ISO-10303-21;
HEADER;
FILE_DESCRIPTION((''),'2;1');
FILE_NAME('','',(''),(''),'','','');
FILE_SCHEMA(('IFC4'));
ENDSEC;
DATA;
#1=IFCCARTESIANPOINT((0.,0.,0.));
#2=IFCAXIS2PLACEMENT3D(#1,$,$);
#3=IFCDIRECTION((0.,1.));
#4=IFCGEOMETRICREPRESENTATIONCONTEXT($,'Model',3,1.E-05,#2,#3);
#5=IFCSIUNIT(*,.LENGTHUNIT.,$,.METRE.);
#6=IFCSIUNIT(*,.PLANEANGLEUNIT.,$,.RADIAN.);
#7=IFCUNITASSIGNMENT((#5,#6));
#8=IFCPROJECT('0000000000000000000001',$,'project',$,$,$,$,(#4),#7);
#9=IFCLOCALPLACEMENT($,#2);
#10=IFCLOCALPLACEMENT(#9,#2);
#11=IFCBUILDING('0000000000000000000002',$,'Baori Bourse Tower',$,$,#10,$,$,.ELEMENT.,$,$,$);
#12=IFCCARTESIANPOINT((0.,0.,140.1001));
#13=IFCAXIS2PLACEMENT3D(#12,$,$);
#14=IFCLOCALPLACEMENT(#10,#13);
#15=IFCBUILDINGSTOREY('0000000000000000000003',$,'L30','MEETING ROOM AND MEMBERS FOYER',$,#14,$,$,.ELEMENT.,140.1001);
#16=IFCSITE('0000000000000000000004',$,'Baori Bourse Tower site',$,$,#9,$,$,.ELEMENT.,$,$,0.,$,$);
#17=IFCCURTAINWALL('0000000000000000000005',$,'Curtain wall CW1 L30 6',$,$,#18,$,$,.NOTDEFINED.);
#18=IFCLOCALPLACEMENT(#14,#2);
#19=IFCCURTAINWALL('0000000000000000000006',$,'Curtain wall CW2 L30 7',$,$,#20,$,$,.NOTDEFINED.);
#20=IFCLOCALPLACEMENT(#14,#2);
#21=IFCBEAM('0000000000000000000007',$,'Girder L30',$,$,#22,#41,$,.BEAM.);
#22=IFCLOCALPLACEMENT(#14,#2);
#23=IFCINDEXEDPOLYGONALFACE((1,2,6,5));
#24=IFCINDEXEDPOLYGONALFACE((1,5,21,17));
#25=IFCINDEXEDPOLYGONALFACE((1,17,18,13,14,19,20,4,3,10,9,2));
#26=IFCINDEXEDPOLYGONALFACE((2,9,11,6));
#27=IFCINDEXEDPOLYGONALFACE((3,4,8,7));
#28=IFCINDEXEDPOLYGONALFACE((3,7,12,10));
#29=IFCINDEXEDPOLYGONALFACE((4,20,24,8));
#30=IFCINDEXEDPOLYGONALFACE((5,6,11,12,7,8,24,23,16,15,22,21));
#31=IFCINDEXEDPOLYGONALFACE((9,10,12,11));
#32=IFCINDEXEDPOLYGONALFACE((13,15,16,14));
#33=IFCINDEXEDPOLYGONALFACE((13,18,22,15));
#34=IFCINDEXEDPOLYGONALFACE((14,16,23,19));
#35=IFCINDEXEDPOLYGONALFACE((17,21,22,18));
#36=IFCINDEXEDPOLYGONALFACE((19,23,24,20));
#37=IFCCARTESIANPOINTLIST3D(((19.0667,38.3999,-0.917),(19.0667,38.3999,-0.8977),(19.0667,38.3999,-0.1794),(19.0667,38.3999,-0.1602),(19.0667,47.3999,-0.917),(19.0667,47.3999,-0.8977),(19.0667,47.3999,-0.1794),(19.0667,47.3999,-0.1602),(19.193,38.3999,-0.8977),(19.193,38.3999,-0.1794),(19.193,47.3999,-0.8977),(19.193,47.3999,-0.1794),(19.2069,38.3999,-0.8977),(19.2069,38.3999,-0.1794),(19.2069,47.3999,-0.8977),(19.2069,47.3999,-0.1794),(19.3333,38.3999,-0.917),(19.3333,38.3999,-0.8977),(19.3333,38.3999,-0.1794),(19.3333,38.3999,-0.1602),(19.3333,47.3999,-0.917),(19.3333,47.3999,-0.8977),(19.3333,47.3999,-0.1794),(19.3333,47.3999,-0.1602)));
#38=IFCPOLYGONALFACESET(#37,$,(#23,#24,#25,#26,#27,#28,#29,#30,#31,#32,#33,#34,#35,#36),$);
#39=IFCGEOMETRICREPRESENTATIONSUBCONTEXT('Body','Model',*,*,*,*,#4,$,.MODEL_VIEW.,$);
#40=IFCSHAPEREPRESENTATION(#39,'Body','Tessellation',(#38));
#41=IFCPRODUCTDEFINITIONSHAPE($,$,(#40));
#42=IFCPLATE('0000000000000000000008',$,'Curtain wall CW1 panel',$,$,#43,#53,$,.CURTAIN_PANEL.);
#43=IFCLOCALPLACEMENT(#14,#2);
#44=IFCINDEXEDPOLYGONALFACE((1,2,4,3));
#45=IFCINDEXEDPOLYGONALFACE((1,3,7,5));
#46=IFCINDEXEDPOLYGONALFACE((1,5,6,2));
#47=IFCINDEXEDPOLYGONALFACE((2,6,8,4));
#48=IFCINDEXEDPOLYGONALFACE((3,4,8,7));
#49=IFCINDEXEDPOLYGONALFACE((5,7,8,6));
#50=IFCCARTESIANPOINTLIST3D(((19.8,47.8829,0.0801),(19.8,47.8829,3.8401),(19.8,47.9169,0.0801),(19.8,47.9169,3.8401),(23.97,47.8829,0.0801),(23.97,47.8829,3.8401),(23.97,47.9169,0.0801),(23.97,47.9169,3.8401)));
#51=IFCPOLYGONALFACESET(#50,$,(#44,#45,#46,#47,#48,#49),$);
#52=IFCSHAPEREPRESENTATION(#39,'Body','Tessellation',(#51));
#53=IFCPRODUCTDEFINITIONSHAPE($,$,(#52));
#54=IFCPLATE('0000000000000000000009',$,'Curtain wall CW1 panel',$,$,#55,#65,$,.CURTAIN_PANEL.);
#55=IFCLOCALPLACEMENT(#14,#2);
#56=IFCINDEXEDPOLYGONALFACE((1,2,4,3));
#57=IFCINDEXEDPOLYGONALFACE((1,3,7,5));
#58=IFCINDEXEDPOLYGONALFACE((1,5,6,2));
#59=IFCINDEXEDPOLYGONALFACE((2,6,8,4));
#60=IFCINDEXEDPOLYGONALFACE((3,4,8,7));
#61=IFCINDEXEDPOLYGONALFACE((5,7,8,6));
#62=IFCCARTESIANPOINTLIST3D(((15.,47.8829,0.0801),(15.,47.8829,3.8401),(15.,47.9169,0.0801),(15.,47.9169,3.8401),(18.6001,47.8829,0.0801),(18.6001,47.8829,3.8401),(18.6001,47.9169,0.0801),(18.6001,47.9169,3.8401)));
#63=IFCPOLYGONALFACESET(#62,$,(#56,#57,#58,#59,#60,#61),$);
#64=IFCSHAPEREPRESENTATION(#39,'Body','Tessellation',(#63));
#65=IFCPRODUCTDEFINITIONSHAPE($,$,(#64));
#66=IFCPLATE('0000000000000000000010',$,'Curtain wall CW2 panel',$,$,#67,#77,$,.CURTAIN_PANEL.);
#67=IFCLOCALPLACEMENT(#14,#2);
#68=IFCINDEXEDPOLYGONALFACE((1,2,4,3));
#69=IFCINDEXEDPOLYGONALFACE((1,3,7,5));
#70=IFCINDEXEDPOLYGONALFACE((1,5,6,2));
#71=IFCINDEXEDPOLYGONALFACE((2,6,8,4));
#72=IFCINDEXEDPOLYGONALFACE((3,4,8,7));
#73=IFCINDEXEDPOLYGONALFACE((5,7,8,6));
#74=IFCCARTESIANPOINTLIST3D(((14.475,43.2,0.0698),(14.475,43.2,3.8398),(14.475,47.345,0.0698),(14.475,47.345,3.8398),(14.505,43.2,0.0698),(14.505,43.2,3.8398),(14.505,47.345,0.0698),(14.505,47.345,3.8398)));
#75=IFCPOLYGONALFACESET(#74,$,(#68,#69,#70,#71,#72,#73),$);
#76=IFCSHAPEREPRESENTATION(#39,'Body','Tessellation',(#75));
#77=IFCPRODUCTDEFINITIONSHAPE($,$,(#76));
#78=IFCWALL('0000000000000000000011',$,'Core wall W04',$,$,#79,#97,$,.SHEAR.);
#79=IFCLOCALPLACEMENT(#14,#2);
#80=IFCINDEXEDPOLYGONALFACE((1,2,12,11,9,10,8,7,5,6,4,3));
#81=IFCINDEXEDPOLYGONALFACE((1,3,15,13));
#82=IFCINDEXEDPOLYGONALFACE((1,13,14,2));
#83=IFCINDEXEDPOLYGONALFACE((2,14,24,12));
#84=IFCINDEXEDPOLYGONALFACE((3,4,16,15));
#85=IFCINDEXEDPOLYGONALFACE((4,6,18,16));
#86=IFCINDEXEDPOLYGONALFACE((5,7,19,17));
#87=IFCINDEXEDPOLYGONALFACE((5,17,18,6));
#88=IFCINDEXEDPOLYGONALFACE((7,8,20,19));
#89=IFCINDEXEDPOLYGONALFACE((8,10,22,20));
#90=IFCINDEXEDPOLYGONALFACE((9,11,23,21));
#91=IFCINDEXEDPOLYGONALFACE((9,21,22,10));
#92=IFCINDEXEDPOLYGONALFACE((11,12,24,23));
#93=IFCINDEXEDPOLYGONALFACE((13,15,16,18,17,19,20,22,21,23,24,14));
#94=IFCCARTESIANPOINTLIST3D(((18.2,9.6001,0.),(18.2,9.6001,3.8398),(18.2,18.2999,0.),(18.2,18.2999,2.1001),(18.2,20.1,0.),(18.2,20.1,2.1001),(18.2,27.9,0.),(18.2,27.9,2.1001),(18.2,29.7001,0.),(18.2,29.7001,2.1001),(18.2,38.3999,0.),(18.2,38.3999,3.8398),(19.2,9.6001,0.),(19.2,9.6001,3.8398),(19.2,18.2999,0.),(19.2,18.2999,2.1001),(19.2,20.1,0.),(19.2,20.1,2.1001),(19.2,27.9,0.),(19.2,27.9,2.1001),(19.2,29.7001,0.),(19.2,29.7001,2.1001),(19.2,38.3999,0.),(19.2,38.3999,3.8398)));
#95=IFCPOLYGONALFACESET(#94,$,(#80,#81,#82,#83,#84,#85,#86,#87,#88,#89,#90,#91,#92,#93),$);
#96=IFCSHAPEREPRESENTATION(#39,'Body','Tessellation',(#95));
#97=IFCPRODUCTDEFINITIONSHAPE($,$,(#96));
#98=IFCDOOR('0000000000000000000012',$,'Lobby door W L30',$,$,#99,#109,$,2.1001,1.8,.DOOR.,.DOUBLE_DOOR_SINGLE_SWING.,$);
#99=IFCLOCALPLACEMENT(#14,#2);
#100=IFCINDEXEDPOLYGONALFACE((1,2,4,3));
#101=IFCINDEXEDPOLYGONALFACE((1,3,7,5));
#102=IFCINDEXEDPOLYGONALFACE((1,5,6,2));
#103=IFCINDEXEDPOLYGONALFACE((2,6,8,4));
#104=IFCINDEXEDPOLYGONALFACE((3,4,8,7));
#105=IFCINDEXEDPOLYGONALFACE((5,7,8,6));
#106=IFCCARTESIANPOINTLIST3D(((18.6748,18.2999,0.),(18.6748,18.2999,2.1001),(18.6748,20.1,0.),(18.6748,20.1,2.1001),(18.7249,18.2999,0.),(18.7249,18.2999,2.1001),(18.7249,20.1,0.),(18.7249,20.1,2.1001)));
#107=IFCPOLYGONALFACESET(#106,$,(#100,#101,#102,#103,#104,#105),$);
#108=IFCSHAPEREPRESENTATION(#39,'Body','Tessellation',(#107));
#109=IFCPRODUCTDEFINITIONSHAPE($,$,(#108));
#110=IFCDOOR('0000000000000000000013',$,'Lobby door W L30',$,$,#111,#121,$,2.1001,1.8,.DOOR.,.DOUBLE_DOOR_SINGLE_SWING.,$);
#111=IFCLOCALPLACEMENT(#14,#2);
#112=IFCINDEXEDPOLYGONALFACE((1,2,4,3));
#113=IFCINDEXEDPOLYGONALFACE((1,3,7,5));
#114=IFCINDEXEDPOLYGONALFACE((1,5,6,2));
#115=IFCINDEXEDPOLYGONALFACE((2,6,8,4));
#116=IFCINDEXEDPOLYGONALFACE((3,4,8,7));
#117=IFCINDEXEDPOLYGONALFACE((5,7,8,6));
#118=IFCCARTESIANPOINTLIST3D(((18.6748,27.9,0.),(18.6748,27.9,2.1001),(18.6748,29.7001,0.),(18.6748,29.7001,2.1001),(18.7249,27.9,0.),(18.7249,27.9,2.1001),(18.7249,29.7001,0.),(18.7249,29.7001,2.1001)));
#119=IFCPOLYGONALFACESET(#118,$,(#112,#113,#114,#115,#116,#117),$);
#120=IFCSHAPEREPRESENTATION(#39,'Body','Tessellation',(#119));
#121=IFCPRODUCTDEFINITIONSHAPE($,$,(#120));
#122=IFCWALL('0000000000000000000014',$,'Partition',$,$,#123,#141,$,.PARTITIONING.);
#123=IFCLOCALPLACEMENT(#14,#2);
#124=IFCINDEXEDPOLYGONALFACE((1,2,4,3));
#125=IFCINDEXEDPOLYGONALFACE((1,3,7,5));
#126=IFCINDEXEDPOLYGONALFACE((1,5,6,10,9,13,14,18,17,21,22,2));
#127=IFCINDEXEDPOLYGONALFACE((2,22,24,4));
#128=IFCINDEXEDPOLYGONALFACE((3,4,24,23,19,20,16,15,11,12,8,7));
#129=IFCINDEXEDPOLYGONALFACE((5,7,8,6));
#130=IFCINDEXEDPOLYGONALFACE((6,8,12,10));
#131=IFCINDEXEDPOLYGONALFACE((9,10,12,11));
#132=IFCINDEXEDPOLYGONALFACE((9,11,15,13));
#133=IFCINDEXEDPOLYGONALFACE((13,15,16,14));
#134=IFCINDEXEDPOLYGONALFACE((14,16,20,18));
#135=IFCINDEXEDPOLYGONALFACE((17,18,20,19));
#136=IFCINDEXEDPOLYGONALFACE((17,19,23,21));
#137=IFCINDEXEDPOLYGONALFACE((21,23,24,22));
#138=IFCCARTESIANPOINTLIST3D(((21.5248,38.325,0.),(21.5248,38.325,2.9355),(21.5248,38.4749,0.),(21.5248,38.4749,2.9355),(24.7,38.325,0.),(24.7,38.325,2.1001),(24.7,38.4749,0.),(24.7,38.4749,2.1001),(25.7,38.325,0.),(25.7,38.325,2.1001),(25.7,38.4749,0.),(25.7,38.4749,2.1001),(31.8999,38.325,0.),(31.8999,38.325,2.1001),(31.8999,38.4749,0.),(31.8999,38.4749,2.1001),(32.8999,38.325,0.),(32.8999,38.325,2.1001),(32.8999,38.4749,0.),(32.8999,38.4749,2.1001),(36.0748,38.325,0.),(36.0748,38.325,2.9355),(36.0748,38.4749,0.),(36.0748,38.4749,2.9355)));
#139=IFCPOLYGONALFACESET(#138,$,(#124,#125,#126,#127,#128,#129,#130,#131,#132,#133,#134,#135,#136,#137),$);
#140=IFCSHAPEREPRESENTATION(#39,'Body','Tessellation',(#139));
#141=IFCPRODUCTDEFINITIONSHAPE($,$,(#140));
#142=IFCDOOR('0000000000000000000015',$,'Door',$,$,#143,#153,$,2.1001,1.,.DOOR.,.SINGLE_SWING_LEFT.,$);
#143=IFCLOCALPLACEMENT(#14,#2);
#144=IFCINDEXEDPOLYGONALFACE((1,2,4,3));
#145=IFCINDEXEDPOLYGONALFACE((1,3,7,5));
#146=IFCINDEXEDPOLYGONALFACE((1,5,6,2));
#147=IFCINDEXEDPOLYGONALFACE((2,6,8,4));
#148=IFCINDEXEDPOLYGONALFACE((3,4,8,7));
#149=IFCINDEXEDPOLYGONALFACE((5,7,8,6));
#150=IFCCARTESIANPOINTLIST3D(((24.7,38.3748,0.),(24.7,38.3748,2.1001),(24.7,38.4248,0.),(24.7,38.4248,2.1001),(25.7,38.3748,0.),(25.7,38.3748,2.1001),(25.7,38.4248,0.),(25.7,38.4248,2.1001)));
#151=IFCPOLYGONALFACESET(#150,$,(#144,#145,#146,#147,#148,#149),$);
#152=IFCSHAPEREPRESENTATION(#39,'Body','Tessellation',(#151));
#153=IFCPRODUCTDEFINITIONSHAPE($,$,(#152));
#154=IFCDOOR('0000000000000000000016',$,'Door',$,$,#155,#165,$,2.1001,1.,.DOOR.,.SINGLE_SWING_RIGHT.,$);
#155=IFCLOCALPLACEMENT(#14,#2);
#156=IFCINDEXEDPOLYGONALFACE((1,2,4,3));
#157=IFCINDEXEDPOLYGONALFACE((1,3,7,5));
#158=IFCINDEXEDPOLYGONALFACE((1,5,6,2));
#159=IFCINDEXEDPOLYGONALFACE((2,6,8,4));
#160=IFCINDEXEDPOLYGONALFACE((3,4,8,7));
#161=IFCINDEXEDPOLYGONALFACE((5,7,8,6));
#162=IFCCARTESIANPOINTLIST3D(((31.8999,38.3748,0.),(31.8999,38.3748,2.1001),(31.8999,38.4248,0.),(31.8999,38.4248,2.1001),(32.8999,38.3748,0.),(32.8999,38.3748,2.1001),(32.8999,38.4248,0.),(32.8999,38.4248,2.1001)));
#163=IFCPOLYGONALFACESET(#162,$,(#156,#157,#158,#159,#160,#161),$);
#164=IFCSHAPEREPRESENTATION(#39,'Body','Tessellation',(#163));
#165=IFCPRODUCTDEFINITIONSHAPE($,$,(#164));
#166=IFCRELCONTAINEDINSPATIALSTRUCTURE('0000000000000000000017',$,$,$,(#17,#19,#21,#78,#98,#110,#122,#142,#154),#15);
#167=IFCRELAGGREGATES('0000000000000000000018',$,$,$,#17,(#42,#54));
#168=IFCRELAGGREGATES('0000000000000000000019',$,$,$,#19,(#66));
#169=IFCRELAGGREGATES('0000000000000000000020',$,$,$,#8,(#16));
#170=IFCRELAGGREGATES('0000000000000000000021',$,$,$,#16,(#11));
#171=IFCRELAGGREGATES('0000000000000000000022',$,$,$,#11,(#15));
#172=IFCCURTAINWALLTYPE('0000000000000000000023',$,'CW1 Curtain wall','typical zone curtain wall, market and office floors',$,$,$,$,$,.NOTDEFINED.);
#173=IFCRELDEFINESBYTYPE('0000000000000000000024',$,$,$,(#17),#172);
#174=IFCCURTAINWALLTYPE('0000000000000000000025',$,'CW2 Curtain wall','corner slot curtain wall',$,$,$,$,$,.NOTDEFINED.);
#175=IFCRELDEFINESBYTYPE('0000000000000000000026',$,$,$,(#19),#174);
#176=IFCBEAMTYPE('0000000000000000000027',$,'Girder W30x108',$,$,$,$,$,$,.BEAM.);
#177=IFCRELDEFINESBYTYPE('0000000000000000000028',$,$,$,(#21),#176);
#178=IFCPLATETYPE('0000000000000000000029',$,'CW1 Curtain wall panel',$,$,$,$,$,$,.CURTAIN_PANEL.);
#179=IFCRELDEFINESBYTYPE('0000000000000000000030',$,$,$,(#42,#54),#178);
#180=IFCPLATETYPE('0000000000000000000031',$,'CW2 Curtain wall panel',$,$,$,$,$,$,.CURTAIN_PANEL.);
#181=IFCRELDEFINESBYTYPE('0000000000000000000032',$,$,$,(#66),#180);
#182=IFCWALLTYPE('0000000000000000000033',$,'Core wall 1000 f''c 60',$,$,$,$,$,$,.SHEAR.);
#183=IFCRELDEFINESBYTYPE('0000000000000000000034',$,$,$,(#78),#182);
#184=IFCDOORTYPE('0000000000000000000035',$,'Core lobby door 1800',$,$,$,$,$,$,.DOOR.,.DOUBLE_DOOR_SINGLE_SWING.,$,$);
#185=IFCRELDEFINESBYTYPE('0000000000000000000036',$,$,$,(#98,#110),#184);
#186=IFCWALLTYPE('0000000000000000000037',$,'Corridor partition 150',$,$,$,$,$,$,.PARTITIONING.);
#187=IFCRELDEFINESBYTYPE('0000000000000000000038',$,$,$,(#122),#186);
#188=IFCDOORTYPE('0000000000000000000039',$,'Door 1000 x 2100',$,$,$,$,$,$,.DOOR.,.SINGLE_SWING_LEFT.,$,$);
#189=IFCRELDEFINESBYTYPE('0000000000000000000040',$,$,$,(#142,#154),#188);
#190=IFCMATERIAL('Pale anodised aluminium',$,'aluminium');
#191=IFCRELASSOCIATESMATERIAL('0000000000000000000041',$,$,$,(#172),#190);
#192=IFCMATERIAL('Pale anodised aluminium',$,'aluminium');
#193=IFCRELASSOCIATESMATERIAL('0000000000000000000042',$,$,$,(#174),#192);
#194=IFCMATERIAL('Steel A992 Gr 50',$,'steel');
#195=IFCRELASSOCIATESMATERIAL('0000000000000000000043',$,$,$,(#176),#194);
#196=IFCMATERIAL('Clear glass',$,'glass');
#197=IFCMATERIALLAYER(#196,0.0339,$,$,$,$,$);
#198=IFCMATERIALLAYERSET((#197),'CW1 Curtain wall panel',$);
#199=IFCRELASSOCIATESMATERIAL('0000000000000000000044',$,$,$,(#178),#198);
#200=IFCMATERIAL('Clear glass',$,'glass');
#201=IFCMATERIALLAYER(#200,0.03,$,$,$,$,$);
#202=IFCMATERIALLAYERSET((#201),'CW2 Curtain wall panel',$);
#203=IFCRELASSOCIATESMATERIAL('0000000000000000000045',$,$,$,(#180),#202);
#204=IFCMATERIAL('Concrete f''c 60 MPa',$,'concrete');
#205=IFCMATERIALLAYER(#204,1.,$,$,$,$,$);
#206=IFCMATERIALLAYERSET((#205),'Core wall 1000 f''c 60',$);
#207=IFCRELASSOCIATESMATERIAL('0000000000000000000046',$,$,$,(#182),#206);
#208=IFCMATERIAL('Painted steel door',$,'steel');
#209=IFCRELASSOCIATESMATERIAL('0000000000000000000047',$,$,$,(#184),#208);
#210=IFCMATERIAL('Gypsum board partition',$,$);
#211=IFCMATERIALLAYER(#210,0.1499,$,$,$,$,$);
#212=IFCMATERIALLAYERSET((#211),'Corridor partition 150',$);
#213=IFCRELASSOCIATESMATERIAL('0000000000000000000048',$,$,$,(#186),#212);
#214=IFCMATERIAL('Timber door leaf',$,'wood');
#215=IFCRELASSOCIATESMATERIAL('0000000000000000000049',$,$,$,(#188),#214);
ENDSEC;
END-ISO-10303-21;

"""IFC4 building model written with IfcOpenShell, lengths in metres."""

from ifc_helpers import new_model, si_unit, direction, frame, frame_2d, origin, origin_2d, place, context, subcontext, project, spatial, rectangle, i_section, extrude, material, layer, layer_set, material_profile, profile_set, type_object, element, fill, aggregate, save


model = new_model("IFC4")

# Units and contexts
model_context = context("Model", 3, precision=1e-05, world=origin(), true_north=direction((0.0, 1.0)))
body_context = subcontext(model_context, "Body", "Model", "MODEL_VIEW")
ifc_project = project(units=[si_unit("LENGTHUNIT", "METRE"), si_unit("PLANEANGLEUNIT", "RADIAN")], contexts=[model_context])

# Site, building, storey
site_placement = place(None, origin())
site = spatial("IfcSite", under=ifc_project, at=site_placement, Name="Baori Bourse Tower site", CompositionType="ELEMENT", RefElevation=0.0)
building_placement = place(site_placement, origin())
building = spatial("IfcBuilding", under=site, at=building_placement, Name="Baori Bourse Tower", CompositionType="ELEMENT")
storey_placement = place(building_placement, frame((0.0, 0.0, 140.1001)))
storey = spatial("IfcBuildingStorey", under=building, at=storey_placement, Name="L30", Description="MEETING ROOM AND MEMBERS FOYER", CompositionType="ELEMENT", Elevation=140.1001)

# Curtain wall
ifc_material_1 = material(Name="Pale anodised aluminium", Category="aluminium")
curtain_wall_type_1 = type_object("IfcCurtainWallType", Name="CW1 Curtain wall", Description="typical zone curtain wall, market and office floors", PredefinedType="NOTDEFINED", material=ifc_material_1)
curtain_wall_1_placement = place(storey_placement, origin())
curtain_wall_1 = element("IfcCurtainWall", 1, at=curtain_wall_1_placement, inside=storey, type_object=curtain_wall_type_1, Name="Curtain wall CW1 L30 6", PredefinedType="NOTDEFINED")

# Curtain wall
ifc_material_2 = material(Name="Pale anodised aluminium", Category="aluminium")
curtain_wall_type_2 = type_object("IfcCurtainWallType", Name="CW2 Curtain wall", Description="corner slot curtain wall", PredefinedType="NOTDEFINED", material=ifc_material_2)
curtain_wall_2_placement = place(storey_placement, origin())
curtain_wall_2 = element("IfcCurtainWall", 2, at=curtain_wall_2_placement, inside=storey, type_object=curtain_wall_type_2, Name="Curtain wall CW2 L30 7", PredefinedType="NOTDEFINED")

# Beam
ifc_material_3 = material(Name="Steel A992 Gr 50", Category="steel")
ifc_material_profile_1 = material_profile(ifc_material_3, i_section(OverallWidth=0.2666, OverallDepth=0.7568, WebThickness=0.0139, FlangeThickness=0.0193, at=origin_2d()), Name="W30x108")
ifc_profile_set_1 = profile_set([ifc_material_profile_1], Name="Steel A992 Gr 50")
beam_type_1 = type_object("IfcBeamType", Name="Girder W30x108", PredefinedType="BEAM", material=ifc_profile_set_1)
beam_1_placement = place(storey_placement, frame((19.2, 38.3999, -0.5386), z_axis=(0.0, 1.0, 0.0), x_axis=(-1.0, 0.0, 0.0)))
element("IfcBeam", 3, at=beam_1_placement, inside=storey, type_object=beam_type_1, Name="Girder L30", PredefinedType="BEAM", context=body_context, shape_type="SweptSolid", body=[
    extrude(i_section(OverallWidth=0.2666, OverallDepth=0.7568, WebThickness=0.0139, FlangeThickness=0.0193, at=origin_2d()), origin(), (0.0, 0.0, 1.0), 9.0),
])

# Plates
ifc_material_4 = material(Name="Clear glass", Category="glass")
ifc_layer_1 = layer(ifc_material_4, 0.0339)
ifc_layer_set_1 = layer_set([ifc_layer_1], Name="CW1 Curtain wall panel")
plate_type_1 = type_object("IfcPlateType", Name="CW1 Curtain wall panel", PredefinedType="CURTAIN_PANEL", material=ifc_layer_set_1)
plate_1_placement = place(storey_placement, frame((21.885, 47.8999, 0.0801), z_axis=(0.0, 0.0, 1.0), x_axis=(-1.0, 0.0, 0.0)))
plate_1 = element("IfcPlate", 4, at=plate_1_placement, type_object=plate_type_1, Name="Curtain wall CW1 panel", PredefinedType="CURTAIN_PANEL", context=body_context, shape_type="SweptSolid", body=[
    extrude(rectangle(XDim=4.1699, YDim=0.0339, at=origin_2d()), origin(), (0.0, 0.0, 1.0), 3.76),
])
plate_2_placement = place(storey_placement, frame((16.8, 47.8999, 0.0801), z_axis=(0.0, 0.0, 1.0), x_axis=(-1.0, 0.0, 0.0)))
plate_2 = element("IfcPlate", 5, at=plate_2_placement, type_object=plate_type_1, Name="Curtain wall CW1 panel", PredefinedType="CURTAIN_PANEL", context=body_context, shape_type="SweptSolid", body=[
    extrude(rectangle(XDim=3.6001, YDim=0.0339, at=origin_2d()), origin(), (0.0, 0.0, 1.0), 3.76),
])
aggregate(curtain_wall_1, [plate_1, plate_2])
ifc_material_5 = material(Name="Clear glass", Category="glass")
ifc_layer_2 = layer(ifc_material_5, 0.03)
ifc_layer_set_2 = layer_set([ifc_layer_2], Name="CW2 Curtain wall panel")
plate_type_2 = type_object("IfcPlateType", Name="CW2 Curtain wall panel", PredefinedType="CURTAIN_PANEL", material=ifc_layer_set_2)
plate_3_placement = place(storey_placement, frame((14.49, 45.2725, 0.0698), z_axis=(0.0, 0.0, 1.0), x_axis=(0.0, -1.0, 0.0)))
plate_3 = element("IfcPlate", 6, at=plate_3_placement, type_object=plate_type_2, Name="Curtain wall CW2 panel", PredefinedType="CURTAIN_PANEL", context=body_context, shape_type="SweptSolid", body=[
    extrude(rectangle(XDim=4.145, YDim=0.03, at=origin_2d()), origin(), (0.0, 0.0, 1.0), 3.77),
])
aggregate(curtain_wall_2, [plate_3])

# Walls, openings, doors
ifc_material_6 = material(Name="Concrete f'c 60 MPa", Category="concrete")
ifc_layer_3 = layer(ifc_material_6, 1.0)
ifc_layer_set_3 = layer_set([ifc_layer_3], Name="Core wall 1000 f'c 60")
wall_type_1 = type_object("IfcWallType", Name="Core wall 1000 f'c 60", PredefinedType="SHEAR", material=ifc_layer_set_3)
wall_1_placement = place(storey_placement, frame((18.7, 38.3999, 0.0), z_axis=(0.0, 0.0, 1.0), x_axis=(0.0, -1.0, 0.0)))
wall_1 = element("IfcWall", 7, at=wall_1_placement, inside=storey, type_object=wall_type_1, Name="Core wall W04", PredefinedType="SHEAR", context=body_context, shape_type="SweptSolid", body=[
    extrude(rectangle(XDim=28.7998, YDim=1.0, at=frame_2d((14.3999, 0.0))), origin(), (0.0, 0.0, 1.0), 3.8398),
])
opening_1_placement = place(wall_1_placement, frame((18.3, 0.0, 0.0)))
opening_1 = element("IfcOpeningElement", 8, at=opening_1_placement, cuts=wall_1, PredefinedType="OPENING", context=body_context, shape_type="SweptSolid", body=[
    extrude(rectangle(XDim=1.8, YDim=2.1001, at=frame_2d((0.8999, 1.05))), frame((0.0, 0.51, 0.0), z_axis=(0.0, -1.0, 0.0), x_axis=(1.0, 0.0, 0.0)), (0.0, 0.0, 1.0), 1.02),
])
opening_2_placement = place(wall_1_placement, frame((8.7, 0.0, 0.0)))
opening_2 = element("IfcOpeningElement", 9, at=opening_2_placement, cuts=wall_1, PredefinedType="OPENING", context=body_context, shape_type="SweptSolid", body=[
    extrude(rectangle(XDim=1.8, YDim=2.1001, at=frame_2d((0.8999, 1.05))), frame((0.0, 0.51, 0.0), z_axis=(0.0, -1.0, 0.0), x_axis=(1.0, 0.0, 0.0)), (0.0, 0.0, 1.0), 1.02),
])
ifc_material_7 = material(Name="Painted steel door", Category="steel")
door_type_1 = type_object("IfcDoorType", Name="Core lobby door 1800", OperationType="DOUBLE_DOOR_SINGLE_SWING", PredefinedType="DOOR", material=ifc_material_7)
door_1_placement = place(opening_1_placement, origin())
door_1 = element("IfcDoor", 10, at=door_1_placement, inside=storey, type_object=door_type_1, Name="Lobby door W L30", OperationType="DOUBLE_DOOR_SINGLE_SWING", OverallHeight=2.1001, OverallWidth=1.8, PredefinedType="DOOR", context=body_context, shape_type="SweptSolid", body=[
    extrude(rectangle(XDim=1.8, YDim=2.1001, at=frame_2d((0.8999, 1.05))), frame((0.0, 0.0249, 0.0), z_axis=(0.0, -1.0, 0.0), x_axis=(1.0, 0.0, 0.0)), (0.0, 0.0, 1.0), 0.05),
])
fill(opening_1, door_1)
door_2_placement = place(opening_2_placement, origin())
door_2 = element("IfcDoor", 11, at=door_2_placement, inside=storey, type_object=door_type_1, Name="Lobby door W L30", OperationType="DOUBLE_DOOR_SINGLE_SWING", OverallHeight=2.1001, OverallWidth=1.8, PredefinedType="DOOR", context=body_context, shape_type="SweptSolid", body=[
    extrude(rectangle(XDim=1.8, YDim=2.1001, at=frame_2d((0.8999, 1.05))), frame((0.0, 0.0249, 0.0), z_axis=(0.0, -1.0, 0.0), x_axis=(1.0, 0.0, 0.0)), (0.0, 0.0, 1.0), 0.05),
])
fill(opening_2, door_2)
ifc_material_8 = material(Name="Gypsum board partition")
ifc_layer_4 = layer(ifc_material_8, 0.1499)
ifc_layer_set_4 = layer_set([ifc_layer_4], Name="Corridor partition 150")
wall_type_2 = type_object("IfcWallType", Name="Corridor partition 150", PredefinedType="PARTITIONING", material=ifc_layer_set_4)
wall_2_placement = place(storey_placement, frame((21.5249, 38.3999, 0.0), z_axis=(0.0, 0.0, 1.0), x_axis=(1.0, 0.0, 0.0)))
wall_2 = element("IfcWall", 12, at=wall_2_placement, inside=storey, type_object=wall_type_2, Name="Partition", PredefinedType="PARTITIONING", context=body_context, shape_type="SweptSolid", body=[
    extrude(rectangle(XDim=14.55, YDim=0.1499, at=frame_2d((7.2749, 0.0))), origin(), (0.0, 0.0, 1.0), 2.9355),
])
opening_3_placement = place(wall_2_placement, frame((3.175, 0.0, 0.0)))
opening_3 = element("IfcOpeningElement", 13, at=opening_3_placement, cuts=wall_2, PredefinedType="OPENING", context=body_context, shape_type="SweptSolid", body=[
    extrude(rectangle(XDim=1.0, YDim=2.1001, at=frame_2d((0.5, 1.05))), frame((0.0, 0.085, 0.0), z_axis=(0.0, -1.0, 0.0), x_axis=(1.0, 0.0, 0.0)), (0.0, 0.0, 1.0), 0.1699),
])
opening_4_placement = place(wall_2_placement, frame((10.375, 0.0, 0.0)))
opening_4 = element("IfcOpeningElement", 14, at=opening_4_placement, cuts=wall_2, PredefinedType="OPENING", context=body_context, shape_type="SweptSolid", body=[
    extrude(rectangle(XDim=1.0, YDim=2.1001, at=frame_2d((0.5, 1.05))), frame((0.0, 0.085, 0.0), z_axis=(0.0, -1.0, 0.0), x_axis=(1.0, 0.0, 0.0)), (0.0, 0.0, 1.0), 0.1699),
])
ifc_material_9 = material(Name="Timber door leaf", Category="wood")
door_type_2 = type_object("IfcDoorType", Name="Door 1000 x 2100", OperationType="SINGLE_SWING_LEFT", PredefinedType="DOOR", material=ifc_material_9)
door_3_placement = place(opening_3_placement, origin())
door_3 = element("IfcDoor", 15, at=door_3_placement, inside=storey, type_object=door_type_2, Name="Door", OperationType="SINGLE_SWING_LEFT", OverallHeight=2.1001, OverallWidth=1.0, PredefinedType="DOOR", context=body_context, shape_type="SweptSolid", body=[
    extrude(rectangle(XDim=1.0, YDim=2.1001, at=frame_2d((0.5, 1.05))), frame((0.0, 0.0249, 0.0), z_axis=(0.0, -1.0, 0.0), x_axis=(1.0, 0.0, 0.0)), (0.0, 0.0, 1.0), 0.05),
])
fill(opening_3, door_3)
door_4_placement = place(opening_4_placement, origin())
door_4 = element("IfcDoor", 16, at=door_4_placement, inside=storey, type_object=door_type_2, Name="Door", OperationType="SINGLE_SWING_RIGHT", OverallHeight=2.1001, OverallWidth=1.0, PredefinedType="DOOR", context=body_context, shape_type="SweptSolid", body=[
    extrude(rectangle(XDim=1.0, YDim=2.1001, at=frame_2d((0.5, 1.05))), frame((0.0, 0.0249, 0.0), z_axis=(0.0, -1.0, 0.0), x_axis=(1.0, 0.0, 0.0)), (0.0, 0.0, 1.0), 0.05),
])
fill(opening_4, door_4)

save(model, "model.ifc")
